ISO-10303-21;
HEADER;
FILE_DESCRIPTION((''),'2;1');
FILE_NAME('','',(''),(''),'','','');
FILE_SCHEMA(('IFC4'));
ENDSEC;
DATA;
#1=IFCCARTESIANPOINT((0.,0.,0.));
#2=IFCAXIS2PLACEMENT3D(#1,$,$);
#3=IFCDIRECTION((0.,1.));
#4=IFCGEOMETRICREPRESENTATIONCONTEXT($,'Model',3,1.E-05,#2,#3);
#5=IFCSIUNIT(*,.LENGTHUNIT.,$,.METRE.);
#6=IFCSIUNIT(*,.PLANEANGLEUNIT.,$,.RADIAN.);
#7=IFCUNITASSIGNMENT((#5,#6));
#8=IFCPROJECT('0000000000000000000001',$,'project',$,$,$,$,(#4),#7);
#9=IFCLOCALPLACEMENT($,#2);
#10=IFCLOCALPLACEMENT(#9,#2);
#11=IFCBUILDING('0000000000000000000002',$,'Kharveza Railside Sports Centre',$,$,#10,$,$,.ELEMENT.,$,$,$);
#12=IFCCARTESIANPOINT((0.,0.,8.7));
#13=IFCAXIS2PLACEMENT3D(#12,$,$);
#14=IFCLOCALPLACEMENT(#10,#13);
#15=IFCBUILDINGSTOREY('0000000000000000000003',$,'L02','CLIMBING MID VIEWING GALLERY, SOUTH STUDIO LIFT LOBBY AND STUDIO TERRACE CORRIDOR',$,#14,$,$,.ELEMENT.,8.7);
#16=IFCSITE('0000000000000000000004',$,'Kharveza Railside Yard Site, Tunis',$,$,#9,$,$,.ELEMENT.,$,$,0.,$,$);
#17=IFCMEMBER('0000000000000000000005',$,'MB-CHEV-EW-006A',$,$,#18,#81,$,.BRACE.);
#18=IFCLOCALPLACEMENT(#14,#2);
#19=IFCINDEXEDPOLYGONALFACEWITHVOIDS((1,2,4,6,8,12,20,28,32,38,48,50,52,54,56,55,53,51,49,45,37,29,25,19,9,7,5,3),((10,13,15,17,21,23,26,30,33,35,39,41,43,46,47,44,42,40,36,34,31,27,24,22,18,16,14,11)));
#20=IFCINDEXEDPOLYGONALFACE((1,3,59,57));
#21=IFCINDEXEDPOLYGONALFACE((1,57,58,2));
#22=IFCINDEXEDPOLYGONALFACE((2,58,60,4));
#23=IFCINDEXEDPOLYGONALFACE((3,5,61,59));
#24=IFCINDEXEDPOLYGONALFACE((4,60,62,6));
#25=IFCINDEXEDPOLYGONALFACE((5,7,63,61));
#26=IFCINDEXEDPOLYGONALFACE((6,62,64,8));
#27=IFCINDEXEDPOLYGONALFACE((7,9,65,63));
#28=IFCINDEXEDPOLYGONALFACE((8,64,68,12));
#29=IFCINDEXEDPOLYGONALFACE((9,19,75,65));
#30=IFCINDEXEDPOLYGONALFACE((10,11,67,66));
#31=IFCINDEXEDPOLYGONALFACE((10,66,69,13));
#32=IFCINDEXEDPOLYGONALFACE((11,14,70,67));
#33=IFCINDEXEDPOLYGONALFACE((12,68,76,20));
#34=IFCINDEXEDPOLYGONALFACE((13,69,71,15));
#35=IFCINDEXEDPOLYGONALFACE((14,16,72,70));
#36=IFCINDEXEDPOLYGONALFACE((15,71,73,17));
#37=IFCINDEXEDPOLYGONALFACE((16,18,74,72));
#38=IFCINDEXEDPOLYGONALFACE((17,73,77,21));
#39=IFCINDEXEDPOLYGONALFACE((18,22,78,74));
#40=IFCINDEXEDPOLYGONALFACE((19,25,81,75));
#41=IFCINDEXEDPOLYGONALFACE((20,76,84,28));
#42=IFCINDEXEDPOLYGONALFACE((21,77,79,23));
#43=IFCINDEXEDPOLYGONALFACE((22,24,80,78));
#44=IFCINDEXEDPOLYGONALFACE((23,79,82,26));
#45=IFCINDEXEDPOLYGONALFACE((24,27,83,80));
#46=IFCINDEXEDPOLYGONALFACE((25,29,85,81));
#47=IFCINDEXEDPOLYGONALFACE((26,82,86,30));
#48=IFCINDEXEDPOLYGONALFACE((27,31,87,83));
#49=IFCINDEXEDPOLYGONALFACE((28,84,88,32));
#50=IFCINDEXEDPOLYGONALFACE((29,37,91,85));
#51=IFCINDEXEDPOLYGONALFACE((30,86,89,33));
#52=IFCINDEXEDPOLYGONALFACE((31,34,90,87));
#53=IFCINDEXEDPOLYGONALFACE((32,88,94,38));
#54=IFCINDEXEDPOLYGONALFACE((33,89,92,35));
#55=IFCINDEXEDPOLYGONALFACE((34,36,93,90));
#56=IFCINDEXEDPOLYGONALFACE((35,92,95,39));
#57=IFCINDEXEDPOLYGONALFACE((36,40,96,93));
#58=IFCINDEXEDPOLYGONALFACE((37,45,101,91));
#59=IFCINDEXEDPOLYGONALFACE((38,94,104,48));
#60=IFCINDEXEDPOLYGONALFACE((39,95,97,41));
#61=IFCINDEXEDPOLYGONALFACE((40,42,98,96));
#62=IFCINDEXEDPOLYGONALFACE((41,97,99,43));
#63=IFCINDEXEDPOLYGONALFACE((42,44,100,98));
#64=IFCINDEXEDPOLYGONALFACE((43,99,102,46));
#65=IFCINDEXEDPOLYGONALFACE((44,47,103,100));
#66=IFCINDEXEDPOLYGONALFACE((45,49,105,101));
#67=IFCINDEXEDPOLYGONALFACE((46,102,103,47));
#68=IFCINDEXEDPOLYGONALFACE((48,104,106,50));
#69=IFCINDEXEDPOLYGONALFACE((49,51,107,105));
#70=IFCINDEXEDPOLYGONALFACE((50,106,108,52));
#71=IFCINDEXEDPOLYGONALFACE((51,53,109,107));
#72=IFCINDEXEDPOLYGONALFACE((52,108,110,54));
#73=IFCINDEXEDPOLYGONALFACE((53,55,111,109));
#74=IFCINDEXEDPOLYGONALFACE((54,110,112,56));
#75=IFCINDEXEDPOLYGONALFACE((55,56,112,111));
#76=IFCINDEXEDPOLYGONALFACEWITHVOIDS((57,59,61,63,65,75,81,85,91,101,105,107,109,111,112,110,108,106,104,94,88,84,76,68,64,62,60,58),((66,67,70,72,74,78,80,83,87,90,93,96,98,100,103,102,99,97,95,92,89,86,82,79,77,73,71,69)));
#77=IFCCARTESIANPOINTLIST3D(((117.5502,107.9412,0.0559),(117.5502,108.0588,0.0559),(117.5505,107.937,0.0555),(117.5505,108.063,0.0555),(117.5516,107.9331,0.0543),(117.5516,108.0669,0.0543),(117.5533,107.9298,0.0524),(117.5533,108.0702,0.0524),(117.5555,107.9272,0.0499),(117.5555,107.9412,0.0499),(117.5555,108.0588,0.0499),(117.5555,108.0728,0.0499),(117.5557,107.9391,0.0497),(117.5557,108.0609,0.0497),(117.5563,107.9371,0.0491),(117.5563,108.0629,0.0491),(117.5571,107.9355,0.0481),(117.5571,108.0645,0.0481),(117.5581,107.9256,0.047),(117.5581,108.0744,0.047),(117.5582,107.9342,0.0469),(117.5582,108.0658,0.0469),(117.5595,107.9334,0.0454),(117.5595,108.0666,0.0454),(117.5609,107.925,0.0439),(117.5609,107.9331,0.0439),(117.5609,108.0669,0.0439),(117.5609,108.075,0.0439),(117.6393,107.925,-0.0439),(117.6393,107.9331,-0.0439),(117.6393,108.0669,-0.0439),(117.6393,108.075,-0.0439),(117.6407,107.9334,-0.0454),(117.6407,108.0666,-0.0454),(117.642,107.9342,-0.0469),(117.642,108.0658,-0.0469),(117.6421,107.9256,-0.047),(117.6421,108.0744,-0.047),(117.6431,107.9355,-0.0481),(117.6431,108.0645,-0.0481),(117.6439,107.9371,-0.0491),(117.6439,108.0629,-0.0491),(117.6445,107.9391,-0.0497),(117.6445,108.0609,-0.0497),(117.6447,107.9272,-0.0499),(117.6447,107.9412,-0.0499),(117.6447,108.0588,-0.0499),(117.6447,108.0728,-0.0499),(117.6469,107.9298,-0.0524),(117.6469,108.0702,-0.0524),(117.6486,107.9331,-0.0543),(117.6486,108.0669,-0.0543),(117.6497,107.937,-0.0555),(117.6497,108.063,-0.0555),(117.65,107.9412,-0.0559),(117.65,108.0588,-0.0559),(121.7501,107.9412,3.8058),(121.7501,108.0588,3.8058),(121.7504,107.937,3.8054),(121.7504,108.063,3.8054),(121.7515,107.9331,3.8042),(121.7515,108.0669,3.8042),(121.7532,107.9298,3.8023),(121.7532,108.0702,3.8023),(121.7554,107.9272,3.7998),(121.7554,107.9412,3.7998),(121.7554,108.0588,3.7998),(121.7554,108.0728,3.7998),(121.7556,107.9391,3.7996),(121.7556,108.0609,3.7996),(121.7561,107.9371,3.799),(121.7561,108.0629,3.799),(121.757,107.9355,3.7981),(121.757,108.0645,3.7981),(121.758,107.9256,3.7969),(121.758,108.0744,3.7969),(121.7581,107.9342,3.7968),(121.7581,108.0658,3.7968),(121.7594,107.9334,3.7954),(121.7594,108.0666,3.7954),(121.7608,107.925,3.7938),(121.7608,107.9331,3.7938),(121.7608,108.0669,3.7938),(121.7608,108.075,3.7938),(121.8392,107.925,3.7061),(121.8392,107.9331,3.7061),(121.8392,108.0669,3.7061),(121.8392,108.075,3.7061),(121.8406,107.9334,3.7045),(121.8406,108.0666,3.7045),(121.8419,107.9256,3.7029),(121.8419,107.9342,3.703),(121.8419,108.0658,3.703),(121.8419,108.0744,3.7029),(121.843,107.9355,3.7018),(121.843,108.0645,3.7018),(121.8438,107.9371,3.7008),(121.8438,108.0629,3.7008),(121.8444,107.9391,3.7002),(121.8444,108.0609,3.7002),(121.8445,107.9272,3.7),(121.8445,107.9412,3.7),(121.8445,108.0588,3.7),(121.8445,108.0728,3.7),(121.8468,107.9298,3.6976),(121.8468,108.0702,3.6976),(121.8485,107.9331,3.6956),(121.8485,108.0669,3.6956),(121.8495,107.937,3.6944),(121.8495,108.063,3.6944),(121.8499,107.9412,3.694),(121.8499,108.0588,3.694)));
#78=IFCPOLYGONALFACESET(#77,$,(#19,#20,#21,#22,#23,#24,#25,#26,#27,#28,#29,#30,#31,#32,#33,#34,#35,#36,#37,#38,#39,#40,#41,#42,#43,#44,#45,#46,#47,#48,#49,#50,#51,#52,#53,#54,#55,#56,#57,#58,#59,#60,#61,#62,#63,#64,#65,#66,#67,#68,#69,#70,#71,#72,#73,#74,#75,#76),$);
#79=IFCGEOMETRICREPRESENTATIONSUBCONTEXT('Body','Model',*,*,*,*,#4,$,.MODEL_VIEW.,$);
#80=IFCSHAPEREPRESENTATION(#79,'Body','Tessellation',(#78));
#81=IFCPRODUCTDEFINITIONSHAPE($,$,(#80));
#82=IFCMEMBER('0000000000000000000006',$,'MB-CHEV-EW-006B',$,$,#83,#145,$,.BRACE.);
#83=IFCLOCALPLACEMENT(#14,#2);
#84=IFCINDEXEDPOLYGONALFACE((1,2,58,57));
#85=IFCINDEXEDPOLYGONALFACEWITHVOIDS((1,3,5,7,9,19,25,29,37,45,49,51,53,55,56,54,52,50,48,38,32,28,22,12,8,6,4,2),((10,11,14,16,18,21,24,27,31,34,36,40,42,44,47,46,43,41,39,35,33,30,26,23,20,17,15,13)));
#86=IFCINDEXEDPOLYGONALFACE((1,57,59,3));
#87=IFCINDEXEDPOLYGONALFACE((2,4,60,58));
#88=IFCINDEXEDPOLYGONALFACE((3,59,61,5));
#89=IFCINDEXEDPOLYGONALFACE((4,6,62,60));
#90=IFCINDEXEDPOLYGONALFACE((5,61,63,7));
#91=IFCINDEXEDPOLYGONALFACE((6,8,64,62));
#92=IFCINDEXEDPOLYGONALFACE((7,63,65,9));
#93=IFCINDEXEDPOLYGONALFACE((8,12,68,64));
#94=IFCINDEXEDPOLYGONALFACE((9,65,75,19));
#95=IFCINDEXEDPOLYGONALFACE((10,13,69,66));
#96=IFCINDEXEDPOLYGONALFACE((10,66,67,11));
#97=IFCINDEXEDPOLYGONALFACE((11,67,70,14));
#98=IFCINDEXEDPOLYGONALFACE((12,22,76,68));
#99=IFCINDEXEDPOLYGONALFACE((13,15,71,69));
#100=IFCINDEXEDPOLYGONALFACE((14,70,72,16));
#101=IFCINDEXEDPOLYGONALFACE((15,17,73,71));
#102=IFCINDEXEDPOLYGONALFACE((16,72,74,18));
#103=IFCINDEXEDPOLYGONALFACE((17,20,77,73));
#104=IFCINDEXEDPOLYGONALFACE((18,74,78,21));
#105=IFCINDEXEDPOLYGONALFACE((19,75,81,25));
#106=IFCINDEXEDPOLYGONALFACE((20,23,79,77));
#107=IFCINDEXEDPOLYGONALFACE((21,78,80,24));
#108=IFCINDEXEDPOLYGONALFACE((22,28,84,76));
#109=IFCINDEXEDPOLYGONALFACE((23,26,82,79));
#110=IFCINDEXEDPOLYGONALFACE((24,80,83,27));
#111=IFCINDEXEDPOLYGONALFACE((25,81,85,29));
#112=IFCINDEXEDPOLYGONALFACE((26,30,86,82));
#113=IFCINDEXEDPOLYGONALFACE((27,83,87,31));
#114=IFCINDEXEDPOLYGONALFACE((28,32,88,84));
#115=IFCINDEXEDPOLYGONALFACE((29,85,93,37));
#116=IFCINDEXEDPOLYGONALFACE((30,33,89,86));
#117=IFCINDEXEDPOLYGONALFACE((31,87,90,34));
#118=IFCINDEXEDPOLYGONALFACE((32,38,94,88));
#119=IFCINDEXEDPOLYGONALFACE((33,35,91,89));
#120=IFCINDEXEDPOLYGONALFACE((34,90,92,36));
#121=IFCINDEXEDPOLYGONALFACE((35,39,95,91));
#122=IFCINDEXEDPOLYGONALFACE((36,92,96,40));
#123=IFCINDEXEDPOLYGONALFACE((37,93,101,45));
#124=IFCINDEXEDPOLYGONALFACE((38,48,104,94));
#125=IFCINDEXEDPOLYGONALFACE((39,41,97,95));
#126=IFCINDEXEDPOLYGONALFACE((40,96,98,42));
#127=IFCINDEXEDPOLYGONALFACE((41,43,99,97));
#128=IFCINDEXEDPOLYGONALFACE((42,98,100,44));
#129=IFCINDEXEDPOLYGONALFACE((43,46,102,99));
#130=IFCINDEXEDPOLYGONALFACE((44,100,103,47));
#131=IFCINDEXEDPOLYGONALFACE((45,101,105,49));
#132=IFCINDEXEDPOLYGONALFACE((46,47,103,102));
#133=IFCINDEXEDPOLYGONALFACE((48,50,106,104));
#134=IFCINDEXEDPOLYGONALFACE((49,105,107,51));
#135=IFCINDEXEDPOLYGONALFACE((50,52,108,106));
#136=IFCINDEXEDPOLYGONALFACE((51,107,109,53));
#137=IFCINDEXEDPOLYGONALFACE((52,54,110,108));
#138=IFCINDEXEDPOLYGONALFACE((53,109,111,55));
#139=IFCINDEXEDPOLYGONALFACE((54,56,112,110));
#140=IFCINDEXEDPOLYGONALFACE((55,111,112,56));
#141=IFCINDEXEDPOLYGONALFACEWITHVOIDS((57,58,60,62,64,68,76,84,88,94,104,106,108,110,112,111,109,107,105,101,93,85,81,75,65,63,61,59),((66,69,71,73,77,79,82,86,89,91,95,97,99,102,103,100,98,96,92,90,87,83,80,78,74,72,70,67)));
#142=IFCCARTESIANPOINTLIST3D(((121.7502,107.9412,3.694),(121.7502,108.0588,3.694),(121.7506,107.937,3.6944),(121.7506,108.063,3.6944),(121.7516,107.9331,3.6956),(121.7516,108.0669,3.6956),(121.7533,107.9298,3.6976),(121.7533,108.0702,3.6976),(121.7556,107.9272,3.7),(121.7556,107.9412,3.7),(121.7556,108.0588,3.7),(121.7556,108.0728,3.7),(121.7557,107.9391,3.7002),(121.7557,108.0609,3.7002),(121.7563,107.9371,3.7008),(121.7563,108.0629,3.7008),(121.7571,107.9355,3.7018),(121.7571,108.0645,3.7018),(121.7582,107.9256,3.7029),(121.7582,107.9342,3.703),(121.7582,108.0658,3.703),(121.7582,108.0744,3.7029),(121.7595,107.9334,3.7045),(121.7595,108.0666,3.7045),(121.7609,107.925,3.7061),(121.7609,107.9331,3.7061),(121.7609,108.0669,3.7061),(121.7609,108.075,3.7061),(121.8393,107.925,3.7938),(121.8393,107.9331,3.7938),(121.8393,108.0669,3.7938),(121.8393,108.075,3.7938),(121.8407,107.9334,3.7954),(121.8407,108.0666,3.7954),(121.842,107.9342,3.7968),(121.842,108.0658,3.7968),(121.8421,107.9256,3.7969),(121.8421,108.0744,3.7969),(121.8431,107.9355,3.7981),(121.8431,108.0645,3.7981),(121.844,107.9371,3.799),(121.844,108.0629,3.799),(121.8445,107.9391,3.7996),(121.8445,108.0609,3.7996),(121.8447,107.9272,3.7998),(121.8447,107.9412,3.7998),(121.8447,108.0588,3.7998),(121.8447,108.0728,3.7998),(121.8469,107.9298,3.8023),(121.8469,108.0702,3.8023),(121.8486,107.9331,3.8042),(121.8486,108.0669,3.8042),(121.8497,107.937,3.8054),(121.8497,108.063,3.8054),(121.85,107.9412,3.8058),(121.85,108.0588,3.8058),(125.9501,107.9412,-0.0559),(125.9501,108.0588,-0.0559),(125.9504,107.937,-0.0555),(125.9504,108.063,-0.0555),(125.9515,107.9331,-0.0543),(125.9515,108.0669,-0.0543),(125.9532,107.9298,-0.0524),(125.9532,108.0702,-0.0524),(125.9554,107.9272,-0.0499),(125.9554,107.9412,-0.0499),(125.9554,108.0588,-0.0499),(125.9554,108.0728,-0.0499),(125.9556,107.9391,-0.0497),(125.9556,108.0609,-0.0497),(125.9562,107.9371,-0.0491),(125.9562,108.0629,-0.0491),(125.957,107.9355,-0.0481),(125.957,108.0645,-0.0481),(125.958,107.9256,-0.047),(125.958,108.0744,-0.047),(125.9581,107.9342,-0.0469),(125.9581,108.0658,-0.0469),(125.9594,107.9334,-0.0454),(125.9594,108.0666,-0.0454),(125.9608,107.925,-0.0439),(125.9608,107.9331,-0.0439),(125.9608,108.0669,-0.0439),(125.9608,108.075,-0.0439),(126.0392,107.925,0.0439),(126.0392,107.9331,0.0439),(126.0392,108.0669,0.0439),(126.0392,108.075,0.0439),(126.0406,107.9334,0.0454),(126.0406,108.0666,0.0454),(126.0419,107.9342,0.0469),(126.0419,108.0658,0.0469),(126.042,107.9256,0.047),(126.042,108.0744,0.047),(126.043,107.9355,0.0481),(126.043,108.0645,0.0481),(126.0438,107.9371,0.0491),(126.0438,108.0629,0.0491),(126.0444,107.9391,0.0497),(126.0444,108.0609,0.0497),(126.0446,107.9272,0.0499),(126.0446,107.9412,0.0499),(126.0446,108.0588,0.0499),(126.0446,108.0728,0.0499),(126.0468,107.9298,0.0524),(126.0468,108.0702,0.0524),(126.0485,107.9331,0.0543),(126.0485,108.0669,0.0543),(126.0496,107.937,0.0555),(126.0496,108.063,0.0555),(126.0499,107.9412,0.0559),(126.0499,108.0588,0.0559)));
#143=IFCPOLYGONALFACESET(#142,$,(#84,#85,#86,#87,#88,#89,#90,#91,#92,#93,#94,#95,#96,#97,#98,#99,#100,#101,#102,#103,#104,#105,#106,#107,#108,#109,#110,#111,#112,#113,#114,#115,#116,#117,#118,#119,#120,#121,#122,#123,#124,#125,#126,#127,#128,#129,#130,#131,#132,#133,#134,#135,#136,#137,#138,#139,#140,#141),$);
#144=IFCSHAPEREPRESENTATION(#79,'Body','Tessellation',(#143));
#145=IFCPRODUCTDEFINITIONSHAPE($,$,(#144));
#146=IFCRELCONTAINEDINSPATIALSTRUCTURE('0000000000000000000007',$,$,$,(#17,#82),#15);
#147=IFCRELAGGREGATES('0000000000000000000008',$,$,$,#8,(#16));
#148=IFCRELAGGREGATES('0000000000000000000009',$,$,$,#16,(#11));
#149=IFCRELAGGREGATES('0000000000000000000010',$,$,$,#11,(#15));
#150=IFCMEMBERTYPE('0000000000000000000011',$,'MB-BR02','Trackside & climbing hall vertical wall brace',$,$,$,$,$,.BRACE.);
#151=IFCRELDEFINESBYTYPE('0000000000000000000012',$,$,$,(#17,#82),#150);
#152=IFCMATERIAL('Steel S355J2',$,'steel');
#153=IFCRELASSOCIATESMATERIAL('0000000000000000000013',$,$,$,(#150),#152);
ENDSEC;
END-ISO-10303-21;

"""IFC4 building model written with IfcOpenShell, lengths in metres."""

from ifc_helpers import new_model, si_unit, direction, frame, origin, origin_2d, place, context, subcontext, project, spatial, hollow_rectangle, extrude, material, material_profile, profile_set, type_object, element, save


model = new_model("IFC4")

# Units and contexts
model_context = context("Model", 3, precision=1e-05, world=origin(), true_north=direction((0.0, 1.0)))
body_context = subcontext(model_context, "Body", "Model", "MODEL_VIEW")
ifc_project = project(units=[si_unit("LENGTHUNIT", "METRE"), si_unit("PLANEANGLEUNIT", "RADIAN")], contexts=[model_context])

# Site, building, storey
site_placement = place(None, origin())
site = spatial("IfcSite", under=ifc_project, at=site_placement, Name="Kharveza Railside Yard Site, Tunis", CompositionType="ELEMENT", RefElevation=0.0)
building_placement = place(site_placement, origin())
building = spatial("IfcBuilding", under=site, at=building_placement, Name="Kharveza Railside Sports Centre", CompositionType="ELEMENT")
storey_placement = place(building_placement, frame((0.0, 0.0, 8.7)))
storey = spatial("IfcBuildingStorey", under=building, at=storey_placement, Name="L02", Description="CLIMBING MID VIEWING GALLERY, SOUTH STUDIO LIFT LOBBY AND STUDIO TERRACE CORRIDOR", CompositionType="ELEMENT", Elevation=8.7)

# Shared definitions
ifc_material_1 = material(Name="Steel S355J2", Category="steel")

# Members
ifc_material_profile_1 = material_profile(ifc_material_1, hollow_rectangle(XDim=0.1499, YDim=0.1499, WallThickness=0.0081, InnerFilletRadius=0.0081, OuterFilletRadius=0.0161, at=origin_2d()), Name="SHS 150x150x8.0")
ifc_profile_set_1 = profile_set([ifc_material_profile_1], Name="Steel S355J2")
member_type = type_object("IfcMemberType", Name="MB-BR02", Description="Trackside & climbing hall vertical wall brace", PredefinedType="BRACE", material=ifc_profile_set_1)
for number, where, z_axis, x_axis, name in (
    (1, (117.6001, 108.0, 0.0), (0.745934, 0.0, 0.66602), (0.0, 1.0, 0.0), "MB-CHEV-EW-006A"),
    (2, (126.0, 108.0, 0.0), (-0.745934, 0.0, 0.66602), (0.0, -1.0, 0.0), "MB-CHEV-EW-006B"),
):
    element("IfcMember", number, at=place(storey_placement, frame(where, z_axis=z_axis, x_axis=x_axis)), inside=storey, type_object=member_type, Name=name, PredefinedType="BRACE", context=body_context, shape_type="SweptSolid", body=[
        extrude(hollow_rectangle(XDim=0.1499, YDim=0.1499, WallThickness=0.0081, InnerFilletRadius=0.0081, OuterFilletRadius=0.0161, at=origin_2d()), origin(), (0.0, 0.0, 1.0), 5.6304),
    ])

save(model, "model.ifc")
